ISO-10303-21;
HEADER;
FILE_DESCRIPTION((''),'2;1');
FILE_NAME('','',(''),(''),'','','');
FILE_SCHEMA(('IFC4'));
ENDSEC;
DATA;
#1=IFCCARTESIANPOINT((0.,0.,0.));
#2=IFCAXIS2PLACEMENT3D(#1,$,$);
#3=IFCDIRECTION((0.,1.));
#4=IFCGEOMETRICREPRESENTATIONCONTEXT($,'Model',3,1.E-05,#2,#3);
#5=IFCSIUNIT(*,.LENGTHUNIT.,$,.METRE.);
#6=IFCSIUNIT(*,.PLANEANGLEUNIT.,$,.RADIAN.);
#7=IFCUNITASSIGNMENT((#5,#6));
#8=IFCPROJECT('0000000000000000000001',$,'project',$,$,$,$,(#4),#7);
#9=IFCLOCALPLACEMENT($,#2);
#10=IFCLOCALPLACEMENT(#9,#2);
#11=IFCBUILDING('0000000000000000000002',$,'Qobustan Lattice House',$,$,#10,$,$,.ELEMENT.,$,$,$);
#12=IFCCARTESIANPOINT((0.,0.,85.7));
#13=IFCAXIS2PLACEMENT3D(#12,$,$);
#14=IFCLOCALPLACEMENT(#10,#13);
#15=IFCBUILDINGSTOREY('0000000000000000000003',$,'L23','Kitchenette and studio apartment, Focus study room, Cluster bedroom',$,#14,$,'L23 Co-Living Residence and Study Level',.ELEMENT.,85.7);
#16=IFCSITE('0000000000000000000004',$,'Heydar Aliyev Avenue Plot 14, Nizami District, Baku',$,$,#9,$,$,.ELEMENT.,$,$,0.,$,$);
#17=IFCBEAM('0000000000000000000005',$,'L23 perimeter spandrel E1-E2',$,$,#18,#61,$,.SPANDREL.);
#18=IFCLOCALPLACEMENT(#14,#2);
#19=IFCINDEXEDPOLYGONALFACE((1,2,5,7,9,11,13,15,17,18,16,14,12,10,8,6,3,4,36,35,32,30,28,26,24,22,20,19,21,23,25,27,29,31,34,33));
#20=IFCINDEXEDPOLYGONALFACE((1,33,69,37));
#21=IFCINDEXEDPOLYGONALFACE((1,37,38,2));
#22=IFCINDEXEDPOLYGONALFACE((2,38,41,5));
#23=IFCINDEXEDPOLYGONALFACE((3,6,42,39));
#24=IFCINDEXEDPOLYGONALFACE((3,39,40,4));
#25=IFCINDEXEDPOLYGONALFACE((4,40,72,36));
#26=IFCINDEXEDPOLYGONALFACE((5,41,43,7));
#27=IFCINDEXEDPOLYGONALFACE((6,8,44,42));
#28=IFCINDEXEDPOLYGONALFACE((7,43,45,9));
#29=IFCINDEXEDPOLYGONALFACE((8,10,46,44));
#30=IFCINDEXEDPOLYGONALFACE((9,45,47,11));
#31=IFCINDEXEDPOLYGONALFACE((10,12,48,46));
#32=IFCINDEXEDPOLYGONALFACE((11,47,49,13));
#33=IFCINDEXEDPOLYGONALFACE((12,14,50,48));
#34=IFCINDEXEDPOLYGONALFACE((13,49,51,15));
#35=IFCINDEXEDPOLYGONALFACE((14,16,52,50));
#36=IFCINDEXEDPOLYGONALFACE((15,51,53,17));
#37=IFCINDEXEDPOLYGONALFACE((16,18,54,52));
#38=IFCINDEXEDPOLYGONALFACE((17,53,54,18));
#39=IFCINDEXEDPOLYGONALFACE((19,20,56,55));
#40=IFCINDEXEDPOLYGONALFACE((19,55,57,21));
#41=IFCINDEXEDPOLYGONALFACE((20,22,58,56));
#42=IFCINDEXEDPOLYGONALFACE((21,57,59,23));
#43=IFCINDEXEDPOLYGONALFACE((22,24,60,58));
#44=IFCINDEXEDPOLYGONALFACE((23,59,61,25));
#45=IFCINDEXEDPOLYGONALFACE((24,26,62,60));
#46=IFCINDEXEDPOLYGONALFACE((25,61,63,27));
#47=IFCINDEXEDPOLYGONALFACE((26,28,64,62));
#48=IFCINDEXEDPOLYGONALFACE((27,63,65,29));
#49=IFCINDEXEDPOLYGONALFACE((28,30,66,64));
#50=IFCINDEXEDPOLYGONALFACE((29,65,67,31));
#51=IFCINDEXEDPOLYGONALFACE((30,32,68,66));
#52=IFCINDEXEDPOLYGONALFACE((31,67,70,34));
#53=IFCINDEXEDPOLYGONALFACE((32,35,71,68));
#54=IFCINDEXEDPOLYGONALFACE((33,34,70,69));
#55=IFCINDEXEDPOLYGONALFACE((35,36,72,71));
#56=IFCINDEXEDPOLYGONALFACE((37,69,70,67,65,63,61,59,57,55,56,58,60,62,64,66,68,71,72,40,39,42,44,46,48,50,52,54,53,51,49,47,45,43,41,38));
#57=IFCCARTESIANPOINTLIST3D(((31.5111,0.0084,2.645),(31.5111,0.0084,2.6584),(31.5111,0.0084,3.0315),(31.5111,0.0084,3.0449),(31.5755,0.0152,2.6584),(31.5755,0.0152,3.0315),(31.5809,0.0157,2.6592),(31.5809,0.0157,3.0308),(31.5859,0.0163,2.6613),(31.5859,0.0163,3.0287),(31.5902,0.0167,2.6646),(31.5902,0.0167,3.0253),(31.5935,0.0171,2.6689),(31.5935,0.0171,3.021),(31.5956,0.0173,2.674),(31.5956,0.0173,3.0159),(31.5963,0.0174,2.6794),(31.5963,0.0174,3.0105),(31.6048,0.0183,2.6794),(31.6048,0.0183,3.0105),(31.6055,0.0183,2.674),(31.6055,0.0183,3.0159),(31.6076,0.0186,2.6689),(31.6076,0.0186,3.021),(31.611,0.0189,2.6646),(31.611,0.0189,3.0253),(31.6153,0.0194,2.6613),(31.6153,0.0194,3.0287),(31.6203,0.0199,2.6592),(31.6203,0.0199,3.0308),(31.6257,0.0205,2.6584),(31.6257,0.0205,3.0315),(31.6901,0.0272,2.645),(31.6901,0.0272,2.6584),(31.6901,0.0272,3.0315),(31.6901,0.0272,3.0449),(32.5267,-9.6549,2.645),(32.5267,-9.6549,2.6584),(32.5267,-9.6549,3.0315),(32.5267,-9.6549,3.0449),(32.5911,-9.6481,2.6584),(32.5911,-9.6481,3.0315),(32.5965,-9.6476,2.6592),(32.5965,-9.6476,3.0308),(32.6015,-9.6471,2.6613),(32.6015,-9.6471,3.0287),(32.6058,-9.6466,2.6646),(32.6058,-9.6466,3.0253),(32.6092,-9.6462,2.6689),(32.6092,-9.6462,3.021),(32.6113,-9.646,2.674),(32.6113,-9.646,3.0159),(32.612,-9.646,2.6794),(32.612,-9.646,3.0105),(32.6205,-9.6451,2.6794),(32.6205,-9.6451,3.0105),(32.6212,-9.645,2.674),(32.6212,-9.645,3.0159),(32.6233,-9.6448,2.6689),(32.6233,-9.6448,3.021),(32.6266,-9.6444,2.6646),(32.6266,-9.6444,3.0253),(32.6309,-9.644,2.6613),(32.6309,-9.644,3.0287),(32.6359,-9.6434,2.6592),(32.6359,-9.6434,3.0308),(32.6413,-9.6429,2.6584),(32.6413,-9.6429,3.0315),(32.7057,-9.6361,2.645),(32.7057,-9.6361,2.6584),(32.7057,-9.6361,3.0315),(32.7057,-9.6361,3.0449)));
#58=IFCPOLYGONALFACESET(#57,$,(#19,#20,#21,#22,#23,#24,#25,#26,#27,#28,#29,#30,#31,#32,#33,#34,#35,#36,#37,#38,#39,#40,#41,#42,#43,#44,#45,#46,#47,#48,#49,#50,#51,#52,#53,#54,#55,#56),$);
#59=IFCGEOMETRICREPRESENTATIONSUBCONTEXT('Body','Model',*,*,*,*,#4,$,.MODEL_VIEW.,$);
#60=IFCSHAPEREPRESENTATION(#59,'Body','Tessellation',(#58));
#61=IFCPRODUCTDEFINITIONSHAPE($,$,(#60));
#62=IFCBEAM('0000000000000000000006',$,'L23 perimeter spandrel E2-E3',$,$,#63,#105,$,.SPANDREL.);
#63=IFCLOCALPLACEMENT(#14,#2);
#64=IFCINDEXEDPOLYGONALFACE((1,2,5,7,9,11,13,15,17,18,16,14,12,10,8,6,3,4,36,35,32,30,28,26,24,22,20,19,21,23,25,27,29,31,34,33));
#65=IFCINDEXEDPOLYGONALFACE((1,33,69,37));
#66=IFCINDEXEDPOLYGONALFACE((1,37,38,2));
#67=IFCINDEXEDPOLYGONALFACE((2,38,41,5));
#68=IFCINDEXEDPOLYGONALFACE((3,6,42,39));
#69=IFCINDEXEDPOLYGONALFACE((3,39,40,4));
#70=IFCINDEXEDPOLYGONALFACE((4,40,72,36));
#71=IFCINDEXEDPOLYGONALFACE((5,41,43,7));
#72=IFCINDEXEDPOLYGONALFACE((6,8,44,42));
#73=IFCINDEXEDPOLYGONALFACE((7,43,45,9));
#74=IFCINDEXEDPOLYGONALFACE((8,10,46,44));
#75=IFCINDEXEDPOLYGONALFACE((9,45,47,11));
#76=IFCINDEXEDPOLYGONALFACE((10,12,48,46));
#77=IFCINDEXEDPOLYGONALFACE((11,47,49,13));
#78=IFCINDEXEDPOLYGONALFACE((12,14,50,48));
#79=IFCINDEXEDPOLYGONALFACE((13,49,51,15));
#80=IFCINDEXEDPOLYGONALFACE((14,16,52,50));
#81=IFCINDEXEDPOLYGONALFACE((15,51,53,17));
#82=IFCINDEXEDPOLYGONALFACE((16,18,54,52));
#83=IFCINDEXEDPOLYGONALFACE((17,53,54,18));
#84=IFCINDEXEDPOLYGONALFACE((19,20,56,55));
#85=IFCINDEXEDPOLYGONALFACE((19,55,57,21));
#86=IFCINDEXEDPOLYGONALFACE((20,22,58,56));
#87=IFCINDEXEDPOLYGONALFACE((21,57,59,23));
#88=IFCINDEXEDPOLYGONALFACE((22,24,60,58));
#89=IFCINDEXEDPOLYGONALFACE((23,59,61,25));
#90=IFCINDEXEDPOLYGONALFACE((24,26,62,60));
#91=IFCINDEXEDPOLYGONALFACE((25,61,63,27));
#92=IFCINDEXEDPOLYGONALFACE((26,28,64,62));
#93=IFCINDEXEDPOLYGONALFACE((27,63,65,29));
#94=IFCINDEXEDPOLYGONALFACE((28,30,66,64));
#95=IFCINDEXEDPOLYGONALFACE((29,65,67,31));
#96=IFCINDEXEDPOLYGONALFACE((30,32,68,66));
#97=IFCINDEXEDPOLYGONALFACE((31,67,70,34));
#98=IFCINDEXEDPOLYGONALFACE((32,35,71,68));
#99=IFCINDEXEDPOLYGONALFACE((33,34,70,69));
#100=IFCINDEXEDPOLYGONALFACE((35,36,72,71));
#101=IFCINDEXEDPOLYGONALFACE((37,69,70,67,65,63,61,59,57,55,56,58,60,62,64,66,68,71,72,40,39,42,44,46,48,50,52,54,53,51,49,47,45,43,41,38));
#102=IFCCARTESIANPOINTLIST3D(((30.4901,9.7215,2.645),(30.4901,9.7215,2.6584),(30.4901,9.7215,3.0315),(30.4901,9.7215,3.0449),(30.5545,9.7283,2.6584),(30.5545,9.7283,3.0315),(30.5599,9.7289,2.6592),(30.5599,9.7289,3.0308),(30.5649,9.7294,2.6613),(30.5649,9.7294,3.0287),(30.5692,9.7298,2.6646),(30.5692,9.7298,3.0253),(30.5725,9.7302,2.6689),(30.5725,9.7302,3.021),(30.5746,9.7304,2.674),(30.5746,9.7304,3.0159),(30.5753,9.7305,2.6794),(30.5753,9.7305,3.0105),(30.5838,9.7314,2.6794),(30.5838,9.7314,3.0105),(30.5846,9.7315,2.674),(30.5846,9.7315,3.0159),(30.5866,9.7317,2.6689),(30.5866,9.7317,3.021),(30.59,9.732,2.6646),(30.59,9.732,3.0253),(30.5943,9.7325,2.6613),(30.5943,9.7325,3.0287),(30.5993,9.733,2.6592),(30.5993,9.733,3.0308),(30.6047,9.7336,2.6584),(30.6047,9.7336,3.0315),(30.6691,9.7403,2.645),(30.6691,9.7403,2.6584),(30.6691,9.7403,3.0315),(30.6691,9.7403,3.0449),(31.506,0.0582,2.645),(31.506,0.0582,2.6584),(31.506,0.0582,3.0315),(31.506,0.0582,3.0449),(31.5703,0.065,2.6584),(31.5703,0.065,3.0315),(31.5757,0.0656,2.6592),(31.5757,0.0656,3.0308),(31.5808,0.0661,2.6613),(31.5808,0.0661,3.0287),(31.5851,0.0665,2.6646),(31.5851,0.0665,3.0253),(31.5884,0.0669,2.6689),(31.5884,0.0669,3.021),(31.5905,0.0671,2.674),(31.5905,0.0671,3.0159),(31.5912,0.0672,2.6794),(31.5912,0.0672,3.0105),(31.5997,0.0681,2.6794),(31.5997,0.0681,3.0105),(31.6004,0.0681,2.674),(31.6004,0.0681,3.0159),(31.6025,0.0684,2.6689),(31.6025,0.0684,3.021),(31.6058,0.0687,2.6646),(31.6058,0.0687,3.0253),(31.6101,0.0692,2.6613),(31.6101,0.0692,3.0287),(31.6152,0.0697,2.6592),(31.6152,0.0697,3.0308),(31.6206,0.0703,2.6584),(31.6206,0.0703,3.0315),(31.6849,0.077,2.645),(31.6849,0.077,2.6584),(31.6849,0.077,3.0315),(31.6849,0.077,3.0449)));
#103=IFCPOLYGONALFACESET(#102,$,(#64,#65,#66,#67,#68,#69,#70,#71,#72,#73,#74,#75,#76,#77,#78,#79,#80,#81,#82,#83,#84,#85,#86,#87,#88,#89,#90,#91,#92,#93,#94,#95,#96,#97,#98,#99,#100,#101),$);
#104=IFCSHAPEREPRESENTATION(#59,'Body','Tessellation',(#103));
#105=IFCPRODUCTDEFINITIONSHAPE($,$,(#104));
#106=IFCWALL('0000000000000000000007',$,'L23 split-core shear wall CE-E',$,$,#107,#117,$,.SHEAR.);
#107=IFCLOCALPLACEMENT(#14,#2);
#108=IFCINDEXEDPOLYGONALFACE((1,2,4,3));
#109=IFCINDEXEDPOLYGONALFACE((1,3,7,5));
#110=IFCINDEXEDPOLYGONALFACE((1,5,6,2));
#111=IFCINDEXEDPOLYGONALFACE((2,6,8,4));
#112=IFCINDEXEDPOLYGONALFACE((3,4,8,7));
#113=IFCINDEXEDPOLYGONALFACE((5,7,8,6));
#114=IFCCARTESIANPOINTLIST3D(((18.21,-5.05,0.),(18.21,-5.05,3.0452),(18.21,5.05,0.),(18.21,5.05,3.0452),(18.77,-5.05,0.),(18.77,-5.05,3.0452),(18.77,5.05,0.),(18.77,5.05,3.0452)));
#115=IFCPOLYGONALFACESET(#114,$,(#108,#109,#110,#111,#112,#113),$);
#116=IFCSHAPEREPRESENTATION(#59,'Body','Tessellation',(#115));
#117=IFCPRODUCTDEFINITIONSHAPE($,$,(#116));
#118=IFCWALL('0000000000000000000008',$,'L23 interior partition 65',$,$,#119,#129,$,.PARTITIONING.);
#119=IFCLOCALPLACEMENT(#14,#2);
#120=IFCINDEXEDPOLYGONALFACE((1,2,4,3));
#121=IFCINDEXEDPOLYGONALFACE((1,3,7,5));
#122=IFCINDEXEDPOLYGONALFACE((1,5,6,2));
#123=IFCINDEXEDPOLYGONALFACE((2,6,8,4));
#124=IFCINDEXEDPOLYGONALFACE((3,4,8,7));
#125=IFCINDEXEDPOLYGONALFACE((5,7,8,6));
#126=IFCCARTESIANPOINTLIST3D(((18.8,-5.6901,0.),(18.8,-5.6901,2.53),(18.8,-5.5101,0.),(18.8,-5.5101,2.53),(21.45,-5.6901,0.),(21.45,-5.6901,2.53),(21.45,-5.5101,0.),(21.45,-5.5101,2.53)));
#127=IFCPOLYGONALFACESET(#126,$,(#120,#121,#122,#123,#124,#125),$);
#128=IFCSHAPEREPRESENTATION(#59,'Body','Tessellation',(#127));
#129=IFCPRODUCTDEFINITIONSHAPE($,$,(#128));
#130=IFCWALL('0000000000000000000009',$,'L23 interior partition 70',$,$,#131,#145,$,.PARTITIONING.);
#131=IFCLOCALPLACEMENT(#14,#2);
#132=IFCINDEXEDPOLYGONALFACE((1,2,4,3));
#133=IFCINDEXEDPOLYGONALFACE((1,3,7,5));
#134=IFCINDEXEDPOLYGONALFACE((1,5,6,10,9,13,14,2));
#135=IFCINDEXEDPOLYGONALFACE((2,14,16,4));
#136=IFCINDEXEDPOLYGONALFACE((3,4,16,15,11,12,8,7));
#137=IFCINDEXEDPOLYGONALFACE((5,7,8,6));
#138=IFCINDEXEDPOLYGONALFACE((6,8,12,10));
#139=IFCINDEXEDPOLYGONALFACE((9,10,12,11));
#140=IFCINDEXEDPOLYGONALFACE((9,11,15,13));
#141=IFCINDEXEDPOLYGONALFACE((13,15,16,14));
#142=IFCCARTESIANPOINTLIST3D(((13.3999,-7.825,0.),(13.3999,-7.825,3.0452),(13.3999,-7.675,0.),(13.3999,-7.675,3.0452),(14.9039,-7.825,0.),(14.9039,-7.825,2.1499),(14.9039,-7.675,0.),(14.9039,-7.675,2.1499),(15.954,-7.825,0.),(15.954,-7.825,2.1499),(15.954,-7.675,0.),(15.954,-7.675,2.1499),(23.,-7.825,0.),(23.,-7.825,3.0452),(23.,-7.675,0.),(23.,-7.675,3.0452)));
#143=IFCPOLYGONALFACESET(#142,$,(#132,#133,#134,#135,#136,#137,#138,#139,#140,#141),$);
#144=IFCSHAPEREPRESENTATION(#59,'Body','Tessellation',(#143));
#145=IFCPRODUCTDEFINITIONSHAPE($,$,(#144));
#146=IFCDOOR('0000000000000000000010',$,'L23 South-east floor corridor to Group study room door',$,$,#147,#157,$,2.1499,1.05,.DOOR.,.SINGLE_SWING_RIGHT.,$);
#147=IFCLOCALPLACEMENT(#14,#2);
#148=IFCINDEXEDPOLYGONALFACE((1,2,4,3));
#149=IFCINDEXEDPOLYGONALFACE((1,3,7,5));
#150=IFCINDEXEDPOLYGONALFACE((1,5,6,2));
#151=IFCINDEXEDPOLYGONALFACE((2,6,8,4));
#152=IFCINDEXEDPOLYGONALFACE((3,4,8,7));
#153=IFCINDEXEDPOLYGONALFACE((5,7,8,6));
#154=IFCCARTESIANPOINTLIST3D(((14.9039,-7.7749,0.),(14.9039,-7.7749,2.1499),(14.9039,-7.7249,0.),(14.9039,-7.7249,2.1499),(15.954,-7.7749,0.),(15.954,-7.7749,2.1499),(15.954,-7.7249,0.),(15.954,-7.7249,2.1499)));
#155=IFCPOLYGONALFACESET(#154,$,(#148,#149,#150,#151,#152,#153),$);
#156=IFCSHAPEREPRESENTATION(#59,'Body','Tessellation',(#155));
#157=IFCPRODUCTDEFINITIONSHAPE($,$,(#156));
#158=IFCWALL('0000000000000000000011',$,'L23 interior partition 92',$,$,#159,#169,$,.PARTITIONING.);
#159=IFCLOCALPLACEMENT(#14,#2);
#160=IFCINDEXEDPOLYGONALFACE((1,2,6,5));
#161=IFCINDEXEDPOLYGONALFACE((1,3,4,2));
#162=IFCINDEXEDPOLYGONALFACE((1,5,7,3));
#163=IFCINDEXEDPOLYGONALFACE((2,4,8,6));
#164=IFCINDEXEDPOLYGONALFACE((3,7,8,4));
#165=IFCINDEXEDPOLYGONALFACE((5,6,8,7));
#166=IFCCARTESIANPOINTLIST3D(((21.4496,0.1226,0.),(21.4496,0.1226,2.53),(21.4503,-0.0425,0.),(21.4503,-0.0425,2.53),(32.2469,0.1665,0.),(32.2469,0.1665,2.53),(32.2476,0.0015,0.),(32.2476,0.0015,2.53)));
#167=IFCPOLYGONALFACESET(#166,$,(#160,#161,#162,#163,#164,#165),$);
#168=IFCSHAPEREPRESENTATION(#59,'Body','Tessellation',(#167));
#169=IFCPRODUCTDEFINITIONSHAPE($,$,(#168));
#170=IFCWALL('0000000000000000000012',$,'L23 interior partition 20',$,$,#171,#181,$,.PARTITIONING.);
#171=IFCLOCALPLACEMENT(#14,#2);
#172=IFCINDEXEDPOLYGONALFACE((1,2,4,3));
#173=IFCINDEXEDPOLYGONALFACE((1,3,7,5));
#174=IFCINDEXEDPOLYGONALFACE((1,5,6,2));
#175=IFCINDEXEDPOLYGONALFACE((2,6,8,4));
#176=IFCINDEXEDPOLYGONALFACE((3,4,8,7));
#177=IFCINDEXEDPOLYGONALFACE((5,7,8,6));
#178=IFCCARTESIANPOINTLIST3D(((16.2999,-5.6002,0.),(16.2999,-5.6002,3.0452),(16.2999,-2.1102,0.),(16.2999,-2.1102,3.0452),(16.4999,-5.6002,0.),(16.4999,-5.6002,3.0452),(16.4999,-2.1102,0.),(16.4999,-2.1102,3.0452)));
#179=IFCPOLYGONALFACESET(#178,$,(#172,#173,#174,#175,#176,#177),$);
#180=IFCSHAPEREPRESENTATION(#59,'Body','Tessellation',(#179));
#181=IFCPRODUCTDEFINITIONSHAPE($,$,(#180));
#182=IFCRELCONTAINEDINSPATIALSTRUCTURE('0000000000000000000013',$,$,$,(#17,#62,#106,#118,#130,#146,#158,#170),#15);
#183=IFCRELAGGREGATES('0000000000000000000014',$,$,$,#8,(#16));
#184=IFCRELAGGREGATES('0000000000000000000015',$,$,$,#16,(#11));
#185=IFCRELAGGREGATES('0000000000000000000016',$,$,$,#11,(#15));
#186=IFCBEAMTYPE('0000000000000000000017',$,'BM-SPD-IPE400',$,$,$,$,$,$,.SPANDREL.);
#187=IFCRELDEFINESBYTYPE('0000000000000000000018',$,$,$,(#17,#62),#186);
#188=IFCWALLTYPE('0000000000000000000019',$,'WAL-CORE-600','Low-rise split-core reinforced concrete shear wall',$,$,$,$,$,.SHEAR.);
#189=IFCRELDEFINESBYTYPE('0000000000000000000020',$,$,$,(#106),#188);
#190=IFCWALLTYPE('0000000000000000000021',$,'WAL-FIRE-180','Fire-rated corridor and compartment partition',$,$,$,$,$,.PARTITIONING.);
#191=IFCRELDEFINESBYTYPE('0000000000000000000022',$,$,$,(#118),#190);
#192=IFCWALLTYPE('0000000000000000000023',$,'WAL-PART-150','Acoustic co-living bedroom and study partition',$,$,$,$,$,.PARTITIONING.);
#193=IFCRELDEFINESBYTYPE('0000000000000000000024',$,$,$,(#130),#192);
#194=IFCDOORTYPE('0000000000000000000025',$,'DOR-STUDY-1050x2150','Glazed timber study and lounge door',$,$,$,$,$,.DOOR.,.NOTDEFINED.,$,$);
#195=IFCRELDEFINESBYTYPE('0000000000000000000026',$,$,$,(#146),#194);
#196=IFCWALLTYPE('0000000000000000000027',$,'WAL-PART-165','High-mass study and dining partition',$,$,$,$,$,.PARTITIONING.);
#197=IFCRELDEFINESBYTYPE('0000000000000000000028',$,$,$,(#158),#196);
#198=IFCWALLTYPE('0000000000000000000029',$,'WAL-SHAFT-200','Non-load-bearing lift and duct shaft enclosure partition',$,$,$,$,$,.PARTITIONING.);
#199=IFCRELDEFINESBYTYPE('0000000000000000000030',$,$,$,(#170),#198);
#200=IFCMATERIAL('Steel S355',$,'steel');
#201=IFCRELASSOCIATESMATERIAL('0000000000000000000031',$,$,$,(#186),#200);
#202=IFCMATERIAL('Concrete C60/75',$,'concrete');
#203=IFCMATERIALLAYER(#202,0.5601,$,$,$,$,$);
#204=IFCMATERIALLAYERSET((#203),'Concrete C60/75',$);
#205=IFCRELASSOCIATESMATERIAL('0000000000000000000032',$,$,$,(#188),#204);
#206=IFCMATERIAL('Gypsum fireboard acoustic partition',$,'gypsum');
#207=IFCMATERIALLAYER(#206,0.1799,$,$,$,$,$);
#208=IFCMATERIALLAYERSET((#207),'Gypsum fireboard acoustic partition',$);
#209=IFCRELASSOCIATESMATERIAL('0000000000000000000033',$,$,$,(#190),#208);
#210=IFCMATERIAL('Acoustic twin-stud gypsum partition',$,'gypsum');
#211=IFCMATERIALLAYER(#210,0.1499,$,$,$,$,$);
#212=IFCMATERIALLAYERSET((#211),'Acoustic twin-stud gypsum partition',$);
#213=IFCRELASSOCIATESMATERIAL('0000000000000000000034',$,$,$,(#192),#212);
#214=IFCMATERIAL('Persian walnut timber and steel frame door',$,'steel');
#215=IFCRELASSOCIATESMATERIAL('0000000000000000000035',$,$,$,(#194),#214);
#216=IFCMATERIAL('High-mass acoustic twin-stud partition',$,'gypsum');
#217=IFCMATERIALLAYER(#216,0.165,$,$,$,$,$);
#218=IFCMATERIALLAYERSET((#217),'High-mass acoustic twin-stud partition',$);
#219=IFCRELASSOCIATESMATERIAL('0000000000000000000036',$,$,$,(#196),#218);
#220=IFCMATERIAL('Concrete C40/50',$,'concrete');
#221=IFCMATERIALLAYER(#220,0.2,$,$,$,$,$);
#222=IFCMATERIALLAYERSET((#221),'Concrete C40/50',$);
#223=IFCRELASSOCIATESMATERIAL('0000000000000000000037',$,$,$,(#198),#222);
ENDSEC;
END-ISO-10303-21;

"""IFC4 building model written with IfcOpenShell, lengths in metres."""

from ifc_helpers import new_model, si_unit, direction, frame, frame_2d, origin, origin_2d, place, context, subcontext, project, spatial, rectangle, i_section, extrude, material, layer, layer_set, material_profile, profile_set, type_object, element, fill, save


model = new_model("IFC4")

# Units and contexts
model_context = context("Model", 3, precision=1e-05, world=origin(), true_north=direction((0.0, 1.0)))
body_context = subcontext(model_context, "Body", "Model", "MODEL_VIEW")
ifc_project = project(units=[si_unit("LENGTHUNIT", "METRE"), si_unit("PLANEANGLEUNIT", "RADIAN")], contexts=[model_context])

# Site, building, storey
site_placement = place(None, origin())
site = spatial("IfcSite", under=ifc_project, at=site_placement, Name="Heydar Aliyev Avenue Plot 14, Nizami District, Baku", CompositionType="ELEMENT", RefElevation=0.0)
building_placement = place(site_placement, origin())
building = spatial("IfcBuilding", under=site, at=building_placement, Name="Qobustan Lattice House", CompositionType="ELEMENT")
storey_placement = place(building_placement, frame((0.0, 0.0, 85.7)))
storey = spatial("IfcBuildingStorey", under=building, at=storey_placement, Name="L23", Description="Kitchenette and studio apartment, Focus study room, Cluster bedroom", LongName="L23 Co-Living Residence and Study Level", CompositionType="ELEMENT", Elevation=85.7)

# Beams
ifc_material_1 = material(Name="Steel S355", Category="steel")
ifc_material_profile_1 = material_profile(ifc_material_1, i_section(OverallWidth=0.1799, OverallDepth=0.3999, WebThickness=0.0085, FlangeThickness=0.0134, FilletRadius=0.021, at=origin_2d()), Name="IPE400")
ifc_profile_set_1 = profile_set([ifc_material_profile_1], Name="Steel S355")
beam_type_1 = type_object("IfcBeamType", Name="BM-SPD-IPE400", PredefinedType="SPANDREL", material=ifc_profile_set_1)
for number, where, z_axis, x_axis, name in (
    (1, (32.6162, -9.6455, 2.845), (-0.104525, 0.994522, 0.0), (-0.994522, -0.104525, 0.0), "L23 perimeter spandrel E1-E2"),
    (2, (31.5955, 0.0676, 2.845), (-0.10455, 0.99452, 0.0), (-0.99452, -0.10455, 0.0), "L23 perimeter spandrel E2-E3"),
):
    element("IfcBeam", number, at=place(storey_placement, frame(where, z_axis=z_axis, x_axis=x_axis)), inside=storey, type_object=beam_type_1, Name=name, PredefinedType="SPANDREL", context=body_context, shape_type="SweptSolid", body=[
        extrude(i_section(OverallWidth=0.1799, OverallDepth=0.3999, WebThickness=0.0085, FlangeThickness=0.0134, FilletRadius=0.021, at=origin_2d()), origin(), (0.0, 0.0, 1.0), 9.7166),
    ])

# Walls
ifc_material_2 = material(Name="Concrete C60/75", Category="concrete")
ifc_layer_1 = layer(ifc_material_2, 0.5601)
ifc_layer_set_1 = layer_set([ifc_layer_1], Name="Concrete C60/75")
wall_type_1 = type_object("IfcWallType", Name="WAL-CORE-600", Description="Low-rise split-core reinforced concrete shear wall", PredefinedType="SHEAR", material=ifc_layer_set_1)
wall_1_placement = place(storey_placement, frame((18.49, -5.05, 0.0), z_axis=(0.0, 0.0, 1.0), x_axis=(0.0, 1.0, 0.0)))
element("IfcWall", 3, at=wall_1_placement, inside=storey, type_object=wall_type_1, Name="L23 split-core shear wall CE-E", PredefinedType="SHEAR", context=body_context, shape_type="SweptSolid", body=[
    extrude(rectangle(XDim=10.1001, YDim=0.5601, at=frame_2d((5.05, 0.0))), origin(), (0.0, 0.0, 1.0), 3.0452),
])
ifc_material_3 = material(Name="Gypsum fireboard acoustic partition", Category="gypsum")
ifc_layer_2 = layer(ifc_material_3, 0.1799)
ifc_layer_set_2 = layer_set([ifc_layer_2], Name="Gypsum fireboard acoustic partition")
wall_type_2 = type_object("IfcWallType", Name="WAL-FIRE-180", Description="Fire-rated corridor and compartment partition", PredefinedType="PARTITIONING", material=ifc_layer_set_2)
wall_2_placement = place(storey_placement, frame((18.8, -5.6001, 0.0), z_axis=(0.0, 0.0, 1.0), x_axis=(1.0, 0.0, 0.0)))
element("IfcWall", 4, at=wall_2_placement, inside=storey, type_object=wall_type_2, Name="L23 interior partition 65", PredefinedType="PARTITIONING", context=body_context, shape_type="SweptSolid", body=[
    extrude(rectangle(XDim=2.6499, YDim=0.1799, at=frame_2d((1.325, 0.0))), origin(), (0.0, 0.0, 1.0), 2.53),
])

# Wall, opening, door
ifc_material_4 = material(Name="Acoustic twin-stud gypsum partition", Category="gypsum")
ifc_layer_3 = layer(ifc_material_4, 0.1499)
ifc_layer_set_3 = layer_set([ifc_layer_3], Name="Acoustic twin-stud gypsum partition")
wall_type_3 = type_object("IfcWallType", Name="WAL-PART-150", Description="Acoustic co-living bedroom and study partition", PredefinedType="PARTITIONING", material=ifc_layer_set_3)
wall_3_placement = place(storey_placement, frame((23.0, -7.75, 0.0), z_axis=(0.0, 0.0, 1.0), x_axis=(-1.0, 0.0, 0.0)))
wall_3 = element("IfcWall", 5, at=wall_3_placement, inside=storey, type_object=wall_type_3, Name="L23 interior partition 70", PredefinedType="PARTITIONING", context=body_context, shape_type="SweptSolid", body=[
    extrude(rectangle(XDim=9.6001, YDim=0.1499, at=frame_2d((4.8, 0.0))), origin(), (0.0, 0.0, 1.0), 3.0452),
])
opening_1_placement = place(wall_3_placement, frame((7.0461, 0.0, 0.0)))
opening_1 = element("IfcOpeningElement", 6, at=opening_1_placement, cuts=wall_3, PredefinedType="OPENING", context=body_context, shape_type="SweptSolid", body=[
    extrude(rectangle(XDim=1.05, YDim=2.1499, at=frame_2d((0.5249, 1.075))), frame((0.0, 0.085, 0.0), z_axis=(0.0, -1.0, 0.0), x_axis=(1.0, 0.0, 0.0)), (0.0, 0.0, 1.0), 0.1699),
])
ifc_material_5 = material(Name="Persian walnut timber and steel frame door", Category="steel")
door_type_1 = type_object("IfcDoorType", Name="DOR-STUDY-1050x2150", Description="Glazed timber study and lounge door", OperationType="NOTDEFINED", PredefinedType="DOOR", material=ifc_material_5)
door_1_placement = place(opening_1_placement, origin())
door_1 = element("IfcDoor", 7, at=door_1_placement, inside=storey, type_object=door_type_1, Name="L23 South-east floor corridor to Group study room door", OperationType="SINGLE_SWING_RIGHT", OverallHeight=2.1499, OverallWidth=1.05, PredefinedType="DOOR", context=body_context, shape_type="SweptSolid", body=[
    extrude(rectangle(XDim=1.05, YDim=2.1499, at=frame_2d((0.5249, 1.075))), frame((0.0, 0.0249, 0.0), z_axis=(0.0, -1.0, 0.0), x_axis=(1.0, 0.0, 0.0)), (0.0, 0.0, 1.0), 0.05),
])
fill(opening_1, door_1)
ifc_material_6 = material(Name="High-mass acoustic twin-stud partition", Category="gypsum")
ifc_layer_4 = layer(ifc_material_6, 0.165)
ifc_layer_set_4 = layer_set([ifc_layer_4], Name="High-mass acoustic twin-stud partition")
wall_type_4 = type_object("IfcWallType", Name="WAL-PART-165", Description="High-mass study and dining partition", PredefinedType="PARTITIONING", material=ifc_layer_set_4)

# Walls
wall_4_placement = place(storey_placement, frame((21.45, 0.04, 0.0), z_axis=(0.0, 0.0, 1.0), x_axis=(0.999992, 0.00407, 0.0)))
element("IfcWall", 8, at=wall_4_placement, inside=storey, type_object=wall_type_4, Name="L23 interior partition 92", PredefinedType="PARTITIONING", context=body_context, shape_type="SweptSolid", body=[
    extrude(rectangle(XDim=10.7974, YDim=0.165, at=frame_2d((5.3987, 0.0))), origin(), (0.0, 0.0, 1.0), 2.53),
])
ifc_material_7 = material(Name="Concrete C40/50", Category="concrete")
ifc_layer_5 = layer(ifc_material_7, 0.2)
ifc_layer_set_5 = layer_set([ifc_layer_5], Name="Concrete C40/50")
wall_type_5 = type_object("IfcWallType", Name="WAL-SHAFT-200", Description="Non-load-bearing lift and duct shaft enclosure partition", PredefinedType="PARTITIONING", material=ifc_layer_set_5)
wall_5_placement = place(storey_placement, frame((16.3999, -2.1101, 0.0), z_axis=(0.0, 0.0, 1.0), x_axis=(0.0, -1.0, 0.0)))
element("IfcWall", 9, at=wall_5_placement, inside=storey, type_object=wall_type_5, Name="L23 interior partition 20", PredefinedType="PARTITIONING", context=body_context, shape_type="SweptSolid", body=[
    extrude(rectangle(XDim=3.49, YDim=0.2, at=frame_2d((1.7451, 0.0))), origin(), (0.0, 0.0, 1.0), 3.0452),
])

save(model, "model.ifc")
